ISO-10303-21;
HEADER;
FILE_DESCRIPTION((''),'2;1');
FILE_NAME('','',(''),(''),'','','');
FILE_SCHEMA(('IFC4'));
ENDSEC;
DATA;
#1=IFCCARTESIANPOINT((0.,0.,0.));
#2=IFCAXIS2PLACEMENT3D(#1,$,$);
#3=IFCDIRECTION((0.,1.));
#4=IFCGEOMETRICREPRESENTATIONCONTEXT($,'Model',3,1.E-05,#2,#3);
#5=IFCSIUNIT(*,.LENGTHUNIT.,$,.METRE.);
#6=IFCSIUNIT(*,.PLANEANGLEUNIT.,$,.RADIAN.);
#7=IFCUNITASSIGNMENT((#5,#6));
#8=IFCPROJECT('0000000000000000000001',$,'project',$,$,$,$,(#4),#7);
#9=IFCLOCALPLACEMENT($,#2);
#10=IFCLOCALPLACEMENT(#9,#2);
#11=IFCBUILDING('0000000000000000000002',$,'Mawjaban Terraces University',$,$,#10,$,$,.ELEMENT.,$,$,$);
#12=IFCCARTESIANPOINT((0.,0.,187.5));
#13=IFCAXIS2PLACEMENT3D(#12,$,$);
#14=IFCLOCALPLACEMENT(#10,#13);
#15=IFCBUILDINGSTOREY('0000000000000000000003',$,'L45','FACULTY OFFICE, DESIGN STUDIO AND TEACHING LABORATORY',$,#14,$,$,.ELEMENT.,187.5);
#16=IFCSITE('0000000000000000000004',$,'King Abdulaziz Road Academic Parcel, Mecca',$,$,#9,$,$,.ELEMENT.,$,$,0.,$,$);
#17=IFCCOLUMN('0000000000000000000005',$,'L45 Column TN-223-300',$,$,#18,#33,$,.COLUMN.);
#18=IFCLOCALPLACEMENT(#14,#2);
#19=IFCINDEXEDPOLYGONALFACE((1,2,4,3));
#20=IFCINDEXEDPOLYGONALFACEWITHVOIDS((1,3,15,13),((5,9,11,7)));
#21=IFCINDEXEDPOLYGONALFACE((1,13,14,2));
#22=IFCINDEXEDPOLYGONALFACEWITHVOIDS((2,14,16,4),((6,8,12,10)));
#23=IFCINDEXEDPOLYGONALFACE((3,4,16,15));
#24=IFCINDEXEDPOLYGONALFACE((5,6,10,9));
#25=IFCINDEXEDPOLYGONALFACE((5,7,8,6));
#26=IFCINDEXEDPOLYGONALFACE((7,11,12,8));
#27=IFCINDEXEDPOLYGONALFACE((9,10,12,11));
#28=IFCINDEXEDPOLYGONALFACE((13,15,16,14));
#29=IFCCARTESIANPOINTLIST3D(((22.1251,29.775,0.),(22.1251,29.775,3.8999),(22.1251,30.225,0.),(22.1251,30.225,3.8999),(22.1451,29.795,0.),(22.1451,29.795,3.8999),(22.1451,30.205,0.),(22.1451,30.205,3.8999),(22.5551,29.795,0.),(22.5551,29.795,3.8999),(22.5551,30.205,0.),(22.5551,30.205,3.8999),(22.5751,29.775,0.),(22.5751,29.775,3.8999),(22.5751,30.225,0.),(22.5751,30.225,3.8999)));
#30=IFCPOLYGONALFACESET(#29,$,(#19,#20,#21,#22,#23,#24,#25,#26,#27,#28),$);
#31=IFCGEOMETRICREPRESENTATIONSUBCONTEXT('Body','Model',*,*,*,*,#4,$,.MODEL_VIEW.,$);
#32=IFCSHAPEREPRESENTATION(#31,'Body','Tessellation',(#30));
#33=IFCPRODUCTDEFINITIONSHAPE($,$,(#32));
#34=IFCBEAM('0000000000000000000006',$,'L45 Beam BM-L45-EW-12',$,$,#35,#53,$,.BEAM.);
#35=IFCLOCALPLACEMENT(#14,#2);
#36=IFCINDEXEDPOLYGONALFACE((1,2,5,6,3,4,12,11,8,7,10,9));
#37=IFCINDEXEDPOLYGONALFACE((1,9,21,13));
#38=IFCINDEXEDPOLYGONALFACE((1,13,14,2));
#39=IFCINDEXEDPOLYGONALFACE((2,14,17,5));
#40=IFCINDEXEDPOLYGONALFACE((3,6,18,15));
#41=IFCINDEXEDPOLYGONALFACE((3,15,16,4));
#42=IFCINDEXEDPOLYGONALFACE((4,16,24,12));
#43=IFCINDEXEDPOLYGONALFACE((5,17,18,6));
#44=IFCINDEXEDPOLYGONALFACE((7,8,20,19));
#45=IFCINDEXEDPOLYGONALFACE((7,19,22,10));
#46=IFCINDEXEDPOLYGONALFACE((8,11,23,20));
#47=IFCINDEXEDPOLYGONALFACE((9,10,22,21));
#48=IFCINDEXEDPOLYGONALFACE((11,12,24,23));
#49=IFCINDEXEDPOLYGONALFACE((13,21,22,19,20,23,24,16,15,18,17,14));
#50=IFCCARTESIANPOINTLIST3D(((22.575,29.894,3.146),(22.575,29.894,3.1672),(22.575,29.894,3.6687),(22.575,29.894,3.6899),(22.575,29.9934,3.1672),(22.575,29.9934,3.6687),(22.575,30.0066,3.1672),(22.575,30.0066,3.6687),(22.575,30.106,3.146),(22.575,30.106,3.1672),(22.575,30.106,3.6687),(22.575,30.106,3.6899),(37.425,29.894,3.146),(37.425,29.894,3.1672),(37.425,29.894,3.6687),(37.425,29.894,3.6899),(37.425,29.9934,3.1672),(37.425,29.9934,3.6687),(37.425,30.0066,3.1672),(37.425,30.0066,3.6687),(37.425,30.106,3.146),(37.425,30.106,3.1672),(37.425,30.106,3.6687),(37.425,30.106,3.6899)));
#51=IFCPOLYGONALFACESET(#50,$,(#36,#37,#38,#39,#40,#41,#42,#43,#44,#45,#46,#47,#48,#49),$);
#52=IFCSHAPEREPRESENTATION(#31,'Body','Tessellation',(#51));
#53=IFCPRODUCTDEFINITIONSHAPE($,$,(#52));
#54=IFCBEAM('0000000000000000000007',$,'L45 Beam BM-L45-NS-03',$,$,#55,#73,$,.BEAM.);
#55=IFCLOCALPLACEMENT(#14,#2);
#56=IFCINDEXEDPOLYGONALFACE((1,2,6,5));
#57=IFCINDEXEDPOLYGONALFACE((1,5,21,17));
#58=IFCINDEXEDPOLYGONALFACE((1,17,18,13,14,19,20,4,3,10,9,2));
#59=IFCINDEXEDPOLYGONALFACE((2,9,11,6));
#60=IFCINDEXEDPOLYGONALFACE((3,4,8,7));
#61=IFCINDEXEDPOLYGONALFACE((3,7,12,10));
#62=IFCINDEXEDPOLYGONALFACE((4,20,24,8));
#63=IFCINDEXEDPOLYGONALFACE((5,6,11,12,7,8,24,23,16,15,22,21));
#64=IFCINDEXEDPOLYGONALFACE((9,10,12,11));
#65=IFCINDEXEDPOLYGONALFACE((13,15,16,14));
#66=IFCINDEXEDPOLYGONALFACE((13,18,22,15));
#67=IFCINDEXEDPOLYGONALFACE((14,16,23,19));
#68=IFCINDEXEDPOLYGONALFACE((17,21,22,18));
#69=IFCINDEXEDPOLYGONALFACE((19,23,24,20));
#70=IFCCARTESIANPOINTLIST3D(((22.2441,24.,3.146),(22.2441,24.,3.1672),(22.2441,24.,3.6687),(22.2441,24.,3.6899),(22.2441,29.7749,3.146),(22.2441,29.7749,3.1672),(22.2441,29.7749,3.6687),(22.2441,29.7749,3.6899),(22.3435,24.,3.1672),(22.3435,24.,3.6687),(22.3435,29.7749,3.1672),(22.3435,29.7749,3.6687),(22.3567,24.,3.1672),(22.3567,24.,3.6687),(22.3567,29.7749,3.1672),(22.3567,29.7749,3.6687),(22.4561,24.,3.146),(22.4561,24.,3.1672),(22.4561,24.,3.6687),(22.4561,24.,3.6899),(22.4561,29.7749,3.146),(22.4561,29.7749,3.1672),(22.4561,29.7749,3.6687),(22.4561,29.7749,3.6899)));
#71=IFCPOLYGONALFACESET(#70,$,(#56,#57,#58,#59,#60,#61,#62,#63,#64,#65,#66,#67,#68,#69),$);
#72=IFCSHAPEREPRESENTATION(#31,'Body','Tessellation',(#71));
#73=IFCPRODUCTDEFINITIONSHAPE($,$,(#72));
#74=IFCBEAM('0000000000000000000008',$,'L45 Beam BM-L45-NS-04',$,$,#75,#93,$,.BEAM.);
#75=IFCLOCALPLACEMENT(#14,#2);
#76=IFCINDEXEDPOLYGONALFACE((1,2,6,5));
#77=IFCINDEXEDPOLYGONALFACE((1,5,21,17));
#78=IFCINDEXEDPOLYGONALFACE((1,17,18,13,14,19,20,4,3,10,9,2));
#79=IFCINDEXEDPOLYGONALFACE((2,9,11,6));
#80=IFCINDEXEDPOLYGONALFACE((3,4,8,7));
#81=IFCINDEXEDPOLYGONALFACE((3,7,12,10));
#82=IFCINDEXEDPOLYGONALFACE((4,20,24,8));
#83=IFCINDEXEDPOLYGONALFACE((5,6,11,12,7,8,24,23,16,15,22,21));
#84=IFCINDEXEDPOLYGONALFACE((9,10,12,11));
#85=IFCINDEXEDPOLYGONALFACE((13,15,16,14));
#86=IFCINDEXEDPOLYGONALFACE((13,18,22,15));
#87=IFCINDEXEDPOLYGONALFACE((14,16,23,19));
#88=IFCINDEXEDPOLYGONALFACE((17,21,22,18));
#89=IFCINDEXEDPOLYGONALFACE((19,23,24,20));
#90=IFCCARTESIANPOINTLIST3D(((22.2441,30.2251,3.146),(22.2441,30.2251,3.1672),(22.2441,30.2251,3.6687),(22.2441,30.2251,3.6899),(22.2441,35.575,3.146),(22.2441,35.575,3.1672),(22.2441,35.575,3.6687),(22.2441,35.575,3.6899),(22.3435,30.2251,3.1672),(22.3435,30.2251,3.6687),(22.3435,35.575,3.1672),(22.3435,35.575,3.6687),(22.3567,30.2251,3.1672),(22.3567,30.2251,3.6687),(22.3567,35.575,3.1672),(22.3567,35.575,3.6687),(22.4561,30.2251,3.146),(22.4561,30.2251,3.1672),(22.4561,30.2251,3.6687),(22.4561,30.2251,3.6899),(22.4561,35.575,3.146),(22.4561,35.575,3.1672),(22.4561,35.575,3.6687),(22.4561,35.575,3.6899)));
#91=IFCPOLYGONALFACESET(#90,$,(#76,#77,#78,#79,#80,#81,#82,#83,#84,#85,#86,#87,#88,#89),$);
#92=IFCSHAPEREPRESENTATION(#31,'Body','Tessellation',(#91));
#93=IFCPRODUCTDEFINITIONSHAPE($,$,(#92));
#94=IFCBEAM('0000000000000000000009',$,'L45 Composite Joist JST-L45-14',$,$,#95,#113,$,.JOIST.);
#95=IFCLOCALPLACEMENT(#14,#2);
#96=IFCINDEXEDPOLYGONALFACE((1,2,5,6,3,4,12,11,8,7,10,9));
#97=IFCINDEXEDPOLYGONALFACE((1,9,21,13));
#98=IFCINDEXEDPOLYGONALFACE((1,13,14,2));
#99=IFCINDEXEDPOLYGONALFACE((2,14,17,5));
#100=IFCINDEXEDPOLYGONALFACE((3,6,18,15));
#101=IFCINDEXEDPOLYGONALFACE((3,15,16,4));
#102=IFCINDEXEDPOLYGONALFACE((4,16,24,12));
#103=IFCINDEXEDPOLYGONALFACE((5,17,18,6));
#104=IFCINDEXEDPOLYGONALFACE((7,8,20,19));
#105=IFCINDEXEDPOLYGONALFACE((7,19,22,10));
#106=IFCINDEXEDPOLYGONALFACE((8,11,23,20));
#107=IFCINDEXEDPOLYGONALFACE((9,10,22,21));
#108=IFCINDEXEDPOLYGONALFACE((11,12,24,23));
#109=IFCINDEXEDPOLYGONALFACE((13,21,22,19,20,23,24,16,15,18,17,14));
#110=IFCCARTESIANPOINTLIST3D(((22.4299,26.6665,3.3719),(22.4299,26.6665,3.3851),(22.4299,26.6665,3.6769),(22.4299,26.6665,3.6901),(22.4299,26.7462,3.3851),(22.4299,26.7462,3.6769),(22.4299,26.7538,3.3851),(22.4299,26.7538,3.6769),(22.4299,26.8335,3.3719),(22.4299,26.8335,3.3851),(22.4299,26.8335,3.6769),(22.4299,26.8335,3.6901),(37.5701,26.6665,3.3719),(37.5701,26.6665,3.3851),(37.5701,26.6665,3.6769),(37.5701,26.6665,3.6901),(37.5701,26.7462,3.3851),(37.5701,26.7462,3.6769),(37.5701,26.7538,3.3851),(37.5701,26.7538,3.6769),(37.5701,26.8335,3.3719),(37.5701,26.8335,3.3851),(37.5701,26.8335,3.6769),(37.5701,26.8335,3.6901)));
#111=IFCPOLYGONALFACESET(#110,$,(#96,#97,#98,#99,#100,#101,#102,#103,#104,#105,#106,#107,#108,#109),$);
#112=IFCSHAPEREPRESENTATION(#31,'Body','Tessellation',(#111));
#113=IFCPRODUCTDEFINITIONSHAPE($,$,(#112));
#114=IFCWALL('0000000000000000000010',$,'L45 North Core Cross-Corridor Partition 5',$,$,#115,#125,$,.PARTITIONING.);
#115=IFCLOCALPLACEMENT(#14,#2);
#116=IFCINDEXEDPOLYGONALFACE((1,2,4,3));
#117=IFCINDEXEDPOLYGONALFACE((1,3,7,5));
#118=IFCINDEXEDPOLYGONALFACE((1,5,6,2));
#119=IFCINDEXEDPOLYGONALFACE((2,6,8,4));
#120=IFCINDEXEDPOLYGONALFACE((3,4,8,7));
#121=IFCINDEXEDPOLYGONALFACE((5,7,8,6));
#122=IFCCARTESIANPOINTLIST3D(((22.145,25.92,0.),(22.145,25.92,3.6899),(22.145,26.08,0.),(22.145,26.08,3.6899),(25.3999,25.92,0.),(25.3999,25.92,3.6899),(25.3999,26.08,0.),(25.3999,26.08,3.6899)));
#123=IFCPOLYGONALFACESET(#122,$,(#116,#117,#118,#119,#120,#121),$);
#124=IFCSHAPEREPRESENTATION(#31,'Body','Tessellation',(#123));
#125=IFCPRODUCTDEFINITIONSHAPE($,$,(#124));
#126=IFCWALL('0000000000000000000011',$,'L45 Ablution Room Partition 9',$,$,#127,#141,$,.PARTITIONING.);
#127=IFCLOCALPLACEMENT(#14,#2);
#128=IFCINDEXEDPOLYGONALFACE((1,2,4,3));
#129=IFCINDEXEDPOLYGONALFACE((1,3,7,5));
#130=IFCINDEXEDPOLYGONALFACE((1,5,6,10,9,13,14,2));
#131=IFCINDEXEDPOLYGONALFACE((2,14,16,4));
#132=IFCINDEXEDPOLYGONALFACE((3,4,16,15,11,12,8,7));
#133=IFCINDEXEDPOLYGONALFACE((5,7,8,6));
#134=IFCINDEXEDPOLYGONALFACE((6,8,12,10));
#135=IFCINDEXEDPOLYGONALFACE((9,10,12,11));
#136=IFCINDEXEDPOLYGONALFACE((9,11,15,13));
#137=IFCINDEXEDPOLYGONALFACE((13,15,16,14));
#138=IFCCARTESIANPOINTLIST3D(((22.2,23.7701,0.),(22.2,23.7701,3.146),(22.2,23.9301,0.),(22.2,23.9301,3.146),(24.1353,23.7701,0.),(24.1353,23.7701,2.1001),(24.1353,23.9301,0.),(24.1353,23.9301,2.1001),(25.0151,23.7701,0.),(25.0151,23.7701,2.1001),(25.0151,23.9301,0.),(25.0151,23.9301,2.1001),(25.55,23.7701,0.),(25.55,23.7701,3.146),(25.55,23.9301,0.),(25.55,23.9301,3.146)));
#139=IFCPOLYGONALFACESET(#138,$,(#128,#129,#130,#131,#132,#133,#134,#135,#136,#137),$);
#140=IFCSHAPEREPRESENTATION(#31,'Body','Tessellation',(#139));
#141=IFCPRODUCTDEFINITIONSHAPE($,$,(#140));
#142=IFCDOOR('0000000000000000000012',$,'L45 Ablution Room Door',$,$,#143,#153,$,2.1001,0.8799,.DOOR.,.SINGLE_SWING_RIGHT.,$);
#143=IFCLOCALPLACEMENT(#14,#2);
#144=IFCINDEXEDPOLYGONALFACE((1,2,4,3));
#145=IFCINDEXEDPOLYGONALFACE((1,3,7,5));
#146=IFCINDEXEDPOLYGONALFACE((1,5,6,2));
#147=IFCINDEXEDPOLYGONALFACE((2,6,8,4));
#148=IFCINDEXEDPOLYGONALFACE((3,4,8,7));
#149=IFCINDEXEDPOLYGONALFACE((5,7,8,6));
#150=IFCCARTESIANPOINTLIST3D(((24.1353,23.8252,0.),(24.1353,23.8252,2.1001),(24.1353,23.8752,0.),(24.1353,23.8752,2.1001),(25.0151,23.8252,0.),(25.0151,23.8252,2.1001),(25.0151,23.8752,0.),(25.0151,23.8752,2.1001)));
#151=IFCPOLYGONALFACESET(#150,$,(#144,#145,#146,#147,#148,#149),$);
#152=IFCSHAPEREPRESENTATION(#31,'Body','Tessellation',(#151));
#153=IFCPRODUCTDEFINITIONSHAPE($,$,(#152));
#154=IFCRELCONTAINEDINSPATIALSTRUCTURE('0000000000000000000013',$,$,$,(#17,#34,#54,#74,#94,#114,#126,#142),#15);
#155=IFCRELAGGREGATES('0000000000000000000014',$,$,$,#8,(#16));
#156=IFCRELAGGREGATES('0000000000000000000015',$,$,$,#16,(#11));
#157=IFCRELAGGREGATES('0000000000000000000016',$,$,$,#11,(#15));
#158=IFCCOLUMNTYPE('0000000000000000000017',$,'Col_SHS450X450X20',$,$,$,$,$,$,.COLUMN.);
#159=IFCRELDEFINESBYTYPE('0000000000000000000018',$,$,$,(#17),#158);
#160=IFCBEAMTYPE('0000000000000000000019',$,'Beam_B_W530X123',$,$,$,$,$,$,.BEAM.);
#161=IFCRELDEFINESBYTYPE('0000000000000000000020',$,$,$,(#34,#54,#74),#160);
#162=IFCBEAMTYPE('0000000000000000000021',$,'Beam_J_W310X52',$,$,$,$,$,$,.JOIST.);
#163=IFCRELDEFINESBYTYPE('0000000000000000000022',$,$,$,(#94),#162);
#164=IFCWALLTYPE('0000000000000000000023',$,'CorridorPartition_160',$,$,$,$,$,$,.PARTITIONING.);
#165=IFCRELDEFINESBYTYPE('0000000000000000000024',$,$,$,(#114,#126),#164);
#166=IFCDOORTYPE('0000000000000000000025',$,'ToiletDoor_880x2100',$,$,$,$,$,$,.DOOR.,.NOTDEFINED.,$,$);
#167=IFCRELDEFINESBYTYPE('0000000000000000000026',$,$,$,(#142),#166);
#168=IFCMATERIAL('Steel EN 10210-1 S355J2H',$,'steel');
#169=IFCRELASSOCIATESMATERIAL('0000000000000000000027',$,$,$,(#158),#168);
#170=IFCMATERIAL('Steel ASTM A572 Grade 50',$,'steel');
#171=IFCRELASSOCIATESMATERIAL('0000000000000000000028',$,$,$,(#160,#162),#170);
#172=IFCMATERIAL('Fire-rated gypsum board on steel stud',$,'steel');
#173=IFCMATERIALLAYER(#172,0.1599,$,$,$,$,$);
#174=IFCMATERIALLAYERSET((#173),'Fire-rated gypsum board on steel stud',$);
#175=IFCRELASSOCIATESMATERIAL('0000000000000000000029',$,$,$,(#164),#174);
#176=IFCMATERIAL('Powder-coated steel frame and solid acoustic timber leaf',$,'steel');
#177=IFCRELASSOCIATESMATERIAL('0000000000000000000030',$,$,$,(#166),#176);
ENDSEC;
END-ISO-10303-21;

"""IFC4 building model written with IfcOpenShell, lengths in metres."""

from ifc_helpers import new_model, si_unit, direction, frame, frame_2d, origin, origin_2d, place, context, subcontext, project, spatial, rectangle, hollow_rectangle, i_section, extrude, material, layer, layer_set, material_profile, profile_set, type_object, element, fill, save


model = new_model("IFC4")

# Units and contexts
model_context = context("Model", 3, precision=1e-05, world=origin(), true_north=direction((0.0, 1.0)))
body_context = subcontext(model_context, "Body", "Model", "MODEL_VIEW")
ifc_project = project(units=[si_unit("LENGTHUNIT", "METRE"), si_unit("PLANEANGLEUNIT", "RADIAN")], contexts=[model_context])

# Site, building, storey
site_placement = place(None, origin())
site = spatial("IfcSite", under=ifc_project, at=site_placement, Name="King Abdulaziz Road Academic Parcel, Mecca", CompositionType="ELEMENT", RefElevation=0.0)
building_placement = place(site_placement, origin())
building = spatial("IfcBuilding", under=site, at=building_placement, Name="Mawjaban Terraces University", CompositionType="ELEMENT")
storey_placement = place(building_placement, frame((0.0, 0.0, 187.5)))
storey = spatial("IfcBuildingStorey", under=building, at=storey_placement, Name="L45", Description="FACULTY OFFICE, DESIGN STUDIO AND TEACHING LABORATORY", CompositionType="ELEMENT", Elevation=187.5)

# Column
ifc_material_1 = material(Name="Steel EN 10210-1 S355J2H", Category="steel")
ifc_material_profile_1 = material_profile(ifc_material_1, hollow_rectangle(XDim=0.45, YDim=0.45, WallThickness=0.02, at=origin_2d()), Name="SHS450X450X20")
ifc_profile_set_1 = profile_set([ifc_material_profile_1], Name="Steel EN 10210-1 S355J2H")
column_type = type_object("IfcColumnType", Name="Col_SHS450X450X20", PredefinedType="COLUMN", material=ifc_profile_set_1)
column_placement = place(storey_placement, frame((22.3501, 30.0, 0.0), z_axis=(0.0, 0.0, 1.0), x_axis=(1.0, 0.0, 0.0)))
element("IfcColumn", 1, at=column_placement, inside=storey, type_object=column_type, Name="L45 Column TN-223-300", PredefinedType="COLUMN", context=body_context, shape_type="SweptSolid", body=[
    extrude(hollow_rectangle(XDim=0.45, YDim=0.45, WallThickness=0.02, at=origin_2d()), origin(), (0.0, 0.0, 1.0), 3.8999),
])

# Beams
ifc_material_2 = material(Name="Steel ASTM A572 Grade 50", Category="steel")
ifc_material_profile_2 = material_profile(ifc_material_2, i_section(OverallWidth=0.2119, OverallDepth=0.5439, WebThickness=0.0132, FlangeThickness=0.0212, at=origin_2d()), Name="W530X123")
ifc_profile_set_2 = profile_set([ifc_material_profile_2], Name="Steel ASTM A572 Grade 50")
beam_type_1 = type_object("IfcBeamType", Name="Beam_B_W530X123", PredefinedType="BEAM", material=ifc_profile_set_2)
beam_1_placement = place(storey_placement, frame((22.575, 30.0, 3.418), z_axis=(1.0, 0.0, 0.0), x_axis=(0.0, 1.0, 0.0)))
element("IfcBeam", 2, at=beam_1_placement, inside=storey, type_object=beam_type_1, Name="L45 Beam BM-L45-EW-12", PredefinedType="BEAM", context=body_context, shape_type="SweptSolid", body=[
    extrude(i_section(OverallWidth=0.2119, OverallDepth=0.5439, WebThickness=0.0132, FlangeThickness=0.0212, at=origin_2d()), origin(), (0.0, 0.0, 1.0), 14.8501),
])
beam_2_placement = place(storey_placement, frame((22.3501, 24.0, 3.418), z_axis=(0.0, 1.0, 0.0), x_axis=(-1.0, 0.0, 0.0)))
element("IfcBeam", 3, at=beam_2_placement, inside=storey, type_object=beam_type_1, Name="L45 Beam BM-L45-NS-03", PredefinedType="BEAM", context=body_context, shape_type="SweptSolid", body=[
    extrude(i_section(OverallWidth=0.2119, OverallDepth=0.5439, WebThickness=0.0132, FlangeThickness=0.0212, at=origin_2d()), origin(), (0.0, 0.0, 1.0), 5.7749),
])
beam_3_placement = place(storey_placement, frame((22.3501, 30.2251, 3.418), z_axis=(0.0, 1.0, 0.0), x_axis=(-1.0, 0.0, 0.0)))
element("IfcBeam", 4, at=beam_3_placement, inside=storey, type_object=beam_type_1, Name="L45 Beam BM-L45-NS-04", PredefinedType="BEAM", context=body_context, shape_type="SweptSolid", body=[
    extrude(i_section(OverallWidth=0.2119, OverallDepth=0.5439, WebThickness=0.0132, FlangeThickness=0.0212, at=origin_2d()), origin(), (0.0, 0.0, 1.0), 5.3499),
])
ifc_material_profile_3 = material_profile(ifc_material_2, i_section(OverallWidth=0.167, OverallDepth=0.3181, WebThickness=0.0076, FlangeThickness=0.0132, at=origin_2d()), Name="W310X52")
ifc_profile_set_3 = profile_set([ifc_material_profile_3], Name="Steel ASTM A572 Grade 50")
beam_type_2 = type_object("IfcBeamType", Name="Beam_J_W310X52", PredefinedType="JOIST", material=ifc_profile_set_3)
beam_4_placement = place(storey_placement, frame((22.4299, 26.75, 3.531), z_axis=(1.0, 0.0, 0.0), x_axis=(0.0, 1.0, 0.0)))
element("IfcBeam", 5, at=beam_4_placement, inside=storey, type_object=beam_type_2, Name="L45 Composite Joist JST-L45-14", PredefinedType="JOIST", context=body_context, shape_type="SweptSolid", body=[
    extrude(i_section(OverallWidth=0.167, OverallDepth=0.3181, WebThickness=0.0076, FlangeThickness=0.0132, at=origin_2d()), origin(), (0.0, 0.0, 1.0), 15.1401),
])

# Wall
ifc_material_3 = material(Name="Fire-rated gypsum board on steel stud", Category="steel")
ifc_layer_1 = layer(ifc_material_3, 0.1599)
ifc_layer_set_1 = layer_set([ifc_layer_1], Name="Fire-rated gypsum board on steel stud")
wall_type_1 = type_object("IfcWallType", Name="CorridorPartition_160", PredefinedType="PARTITIONING", material=ifc_layer_set_1)
wall_1_placement = place(storey_placement, frame((25.3999, 26.0, 0.0), z_axis=(0.0, 0.0, 1.0), x_axis=(-1.0, 0.0, 0.0)))
element("IfcWall", 6, at=wall_1_placement, inside=storey, type_object=wall_type_1, Name="L45 North Core Cross-Corridor Partition 5", PredefinedType="PARTITIONING", context=body_context, shape_type="SweptSolid", body=[
    extrude(rectangle(XDim=3.2549, YDim=0.1599, at=frame_2d((1.6274, 0.0))), origin(), (0.0, 0.0, 1.0), 3.6899),
])

# Wall, opening, door
wall_2_placement = place(storey_placement, frame((25.55, 23.8501, 0.0), z_axis=(0.0, 0.0, 1.0), x_axis=(-1.0, 0.0, 0.0)))
wall_2 = element("IfcWall", 7, at=wall_2_placement, inside=storey, type_object=wall_type_1, Name="L45 Ablution Room Partition 9", PredefinedType="PARTITIONING", context=body_context, shape_type="SweptSolid", body=[
    extrude(rectangle(XDim=3.3501, YDim=0.1599, at=frame_2d((1.675, 0.0))), origin(), (0.0, 0.0, 1.0), 3.146),
])
opening_1_placement = place(wall_2_placement, frame((0.5349, 0.0, 0.0)))
opening_1 = element("IfcOpeningElement", 8, at=opening_1_placement, cuts=wall_2, PredefinedType="OPENING", context=body_context, shape_type="SweptSolid", body=[
    extrude(rectangle(XDim=0.8799, YDim=2.1001, at=frame_2d((0.4399, 1.05))), frame((0.0, 0.0898, 0.0), z_axis=(0.0, -1.0, 0.0), x_axis=(1.0, 0.0, 0.0)), (0.0, 0.0, 1.0), 0.1799),
])
ifc_material_4 = material(Name="Powder-coated steel frame and solid acoustic timber leaf", Category="steel")
door_type_1 = type_object("IfcDoorType", Name="ToiletDoor_880x2100", OperationType="NOTDEFINED", PredefinedType="DOOR", material=ifc_material_4)
door_1_placement = place(opening_1_placement, origin())
door_1 = element("IfcDoor", 9, at=door_1_placement, inside=storey, type_object=door_type_1, Name="L45 Ablution Room Door", OperationType="SINGLE_SWING_RIGHT", OverallHeight=2.1001, OverallWidth=0.8799, PredefinedType="DOOR", context=body_context, shape_type="SweptSolid", body=[
    extrude(rectangle(XDim=0.8799, YDim=2.1001, at=frame_2d((0.4399, 1.05))), frame((0.0, 0.0249, 0.0), z_axis=(0.0, -1.0, 0.0), x_axis=(1.0, 0.0, 0.0)), (0.0, 0.0, 1.0), 0.05),
])
fill(opening_1, door_1)

save(model, "model.ifc")
